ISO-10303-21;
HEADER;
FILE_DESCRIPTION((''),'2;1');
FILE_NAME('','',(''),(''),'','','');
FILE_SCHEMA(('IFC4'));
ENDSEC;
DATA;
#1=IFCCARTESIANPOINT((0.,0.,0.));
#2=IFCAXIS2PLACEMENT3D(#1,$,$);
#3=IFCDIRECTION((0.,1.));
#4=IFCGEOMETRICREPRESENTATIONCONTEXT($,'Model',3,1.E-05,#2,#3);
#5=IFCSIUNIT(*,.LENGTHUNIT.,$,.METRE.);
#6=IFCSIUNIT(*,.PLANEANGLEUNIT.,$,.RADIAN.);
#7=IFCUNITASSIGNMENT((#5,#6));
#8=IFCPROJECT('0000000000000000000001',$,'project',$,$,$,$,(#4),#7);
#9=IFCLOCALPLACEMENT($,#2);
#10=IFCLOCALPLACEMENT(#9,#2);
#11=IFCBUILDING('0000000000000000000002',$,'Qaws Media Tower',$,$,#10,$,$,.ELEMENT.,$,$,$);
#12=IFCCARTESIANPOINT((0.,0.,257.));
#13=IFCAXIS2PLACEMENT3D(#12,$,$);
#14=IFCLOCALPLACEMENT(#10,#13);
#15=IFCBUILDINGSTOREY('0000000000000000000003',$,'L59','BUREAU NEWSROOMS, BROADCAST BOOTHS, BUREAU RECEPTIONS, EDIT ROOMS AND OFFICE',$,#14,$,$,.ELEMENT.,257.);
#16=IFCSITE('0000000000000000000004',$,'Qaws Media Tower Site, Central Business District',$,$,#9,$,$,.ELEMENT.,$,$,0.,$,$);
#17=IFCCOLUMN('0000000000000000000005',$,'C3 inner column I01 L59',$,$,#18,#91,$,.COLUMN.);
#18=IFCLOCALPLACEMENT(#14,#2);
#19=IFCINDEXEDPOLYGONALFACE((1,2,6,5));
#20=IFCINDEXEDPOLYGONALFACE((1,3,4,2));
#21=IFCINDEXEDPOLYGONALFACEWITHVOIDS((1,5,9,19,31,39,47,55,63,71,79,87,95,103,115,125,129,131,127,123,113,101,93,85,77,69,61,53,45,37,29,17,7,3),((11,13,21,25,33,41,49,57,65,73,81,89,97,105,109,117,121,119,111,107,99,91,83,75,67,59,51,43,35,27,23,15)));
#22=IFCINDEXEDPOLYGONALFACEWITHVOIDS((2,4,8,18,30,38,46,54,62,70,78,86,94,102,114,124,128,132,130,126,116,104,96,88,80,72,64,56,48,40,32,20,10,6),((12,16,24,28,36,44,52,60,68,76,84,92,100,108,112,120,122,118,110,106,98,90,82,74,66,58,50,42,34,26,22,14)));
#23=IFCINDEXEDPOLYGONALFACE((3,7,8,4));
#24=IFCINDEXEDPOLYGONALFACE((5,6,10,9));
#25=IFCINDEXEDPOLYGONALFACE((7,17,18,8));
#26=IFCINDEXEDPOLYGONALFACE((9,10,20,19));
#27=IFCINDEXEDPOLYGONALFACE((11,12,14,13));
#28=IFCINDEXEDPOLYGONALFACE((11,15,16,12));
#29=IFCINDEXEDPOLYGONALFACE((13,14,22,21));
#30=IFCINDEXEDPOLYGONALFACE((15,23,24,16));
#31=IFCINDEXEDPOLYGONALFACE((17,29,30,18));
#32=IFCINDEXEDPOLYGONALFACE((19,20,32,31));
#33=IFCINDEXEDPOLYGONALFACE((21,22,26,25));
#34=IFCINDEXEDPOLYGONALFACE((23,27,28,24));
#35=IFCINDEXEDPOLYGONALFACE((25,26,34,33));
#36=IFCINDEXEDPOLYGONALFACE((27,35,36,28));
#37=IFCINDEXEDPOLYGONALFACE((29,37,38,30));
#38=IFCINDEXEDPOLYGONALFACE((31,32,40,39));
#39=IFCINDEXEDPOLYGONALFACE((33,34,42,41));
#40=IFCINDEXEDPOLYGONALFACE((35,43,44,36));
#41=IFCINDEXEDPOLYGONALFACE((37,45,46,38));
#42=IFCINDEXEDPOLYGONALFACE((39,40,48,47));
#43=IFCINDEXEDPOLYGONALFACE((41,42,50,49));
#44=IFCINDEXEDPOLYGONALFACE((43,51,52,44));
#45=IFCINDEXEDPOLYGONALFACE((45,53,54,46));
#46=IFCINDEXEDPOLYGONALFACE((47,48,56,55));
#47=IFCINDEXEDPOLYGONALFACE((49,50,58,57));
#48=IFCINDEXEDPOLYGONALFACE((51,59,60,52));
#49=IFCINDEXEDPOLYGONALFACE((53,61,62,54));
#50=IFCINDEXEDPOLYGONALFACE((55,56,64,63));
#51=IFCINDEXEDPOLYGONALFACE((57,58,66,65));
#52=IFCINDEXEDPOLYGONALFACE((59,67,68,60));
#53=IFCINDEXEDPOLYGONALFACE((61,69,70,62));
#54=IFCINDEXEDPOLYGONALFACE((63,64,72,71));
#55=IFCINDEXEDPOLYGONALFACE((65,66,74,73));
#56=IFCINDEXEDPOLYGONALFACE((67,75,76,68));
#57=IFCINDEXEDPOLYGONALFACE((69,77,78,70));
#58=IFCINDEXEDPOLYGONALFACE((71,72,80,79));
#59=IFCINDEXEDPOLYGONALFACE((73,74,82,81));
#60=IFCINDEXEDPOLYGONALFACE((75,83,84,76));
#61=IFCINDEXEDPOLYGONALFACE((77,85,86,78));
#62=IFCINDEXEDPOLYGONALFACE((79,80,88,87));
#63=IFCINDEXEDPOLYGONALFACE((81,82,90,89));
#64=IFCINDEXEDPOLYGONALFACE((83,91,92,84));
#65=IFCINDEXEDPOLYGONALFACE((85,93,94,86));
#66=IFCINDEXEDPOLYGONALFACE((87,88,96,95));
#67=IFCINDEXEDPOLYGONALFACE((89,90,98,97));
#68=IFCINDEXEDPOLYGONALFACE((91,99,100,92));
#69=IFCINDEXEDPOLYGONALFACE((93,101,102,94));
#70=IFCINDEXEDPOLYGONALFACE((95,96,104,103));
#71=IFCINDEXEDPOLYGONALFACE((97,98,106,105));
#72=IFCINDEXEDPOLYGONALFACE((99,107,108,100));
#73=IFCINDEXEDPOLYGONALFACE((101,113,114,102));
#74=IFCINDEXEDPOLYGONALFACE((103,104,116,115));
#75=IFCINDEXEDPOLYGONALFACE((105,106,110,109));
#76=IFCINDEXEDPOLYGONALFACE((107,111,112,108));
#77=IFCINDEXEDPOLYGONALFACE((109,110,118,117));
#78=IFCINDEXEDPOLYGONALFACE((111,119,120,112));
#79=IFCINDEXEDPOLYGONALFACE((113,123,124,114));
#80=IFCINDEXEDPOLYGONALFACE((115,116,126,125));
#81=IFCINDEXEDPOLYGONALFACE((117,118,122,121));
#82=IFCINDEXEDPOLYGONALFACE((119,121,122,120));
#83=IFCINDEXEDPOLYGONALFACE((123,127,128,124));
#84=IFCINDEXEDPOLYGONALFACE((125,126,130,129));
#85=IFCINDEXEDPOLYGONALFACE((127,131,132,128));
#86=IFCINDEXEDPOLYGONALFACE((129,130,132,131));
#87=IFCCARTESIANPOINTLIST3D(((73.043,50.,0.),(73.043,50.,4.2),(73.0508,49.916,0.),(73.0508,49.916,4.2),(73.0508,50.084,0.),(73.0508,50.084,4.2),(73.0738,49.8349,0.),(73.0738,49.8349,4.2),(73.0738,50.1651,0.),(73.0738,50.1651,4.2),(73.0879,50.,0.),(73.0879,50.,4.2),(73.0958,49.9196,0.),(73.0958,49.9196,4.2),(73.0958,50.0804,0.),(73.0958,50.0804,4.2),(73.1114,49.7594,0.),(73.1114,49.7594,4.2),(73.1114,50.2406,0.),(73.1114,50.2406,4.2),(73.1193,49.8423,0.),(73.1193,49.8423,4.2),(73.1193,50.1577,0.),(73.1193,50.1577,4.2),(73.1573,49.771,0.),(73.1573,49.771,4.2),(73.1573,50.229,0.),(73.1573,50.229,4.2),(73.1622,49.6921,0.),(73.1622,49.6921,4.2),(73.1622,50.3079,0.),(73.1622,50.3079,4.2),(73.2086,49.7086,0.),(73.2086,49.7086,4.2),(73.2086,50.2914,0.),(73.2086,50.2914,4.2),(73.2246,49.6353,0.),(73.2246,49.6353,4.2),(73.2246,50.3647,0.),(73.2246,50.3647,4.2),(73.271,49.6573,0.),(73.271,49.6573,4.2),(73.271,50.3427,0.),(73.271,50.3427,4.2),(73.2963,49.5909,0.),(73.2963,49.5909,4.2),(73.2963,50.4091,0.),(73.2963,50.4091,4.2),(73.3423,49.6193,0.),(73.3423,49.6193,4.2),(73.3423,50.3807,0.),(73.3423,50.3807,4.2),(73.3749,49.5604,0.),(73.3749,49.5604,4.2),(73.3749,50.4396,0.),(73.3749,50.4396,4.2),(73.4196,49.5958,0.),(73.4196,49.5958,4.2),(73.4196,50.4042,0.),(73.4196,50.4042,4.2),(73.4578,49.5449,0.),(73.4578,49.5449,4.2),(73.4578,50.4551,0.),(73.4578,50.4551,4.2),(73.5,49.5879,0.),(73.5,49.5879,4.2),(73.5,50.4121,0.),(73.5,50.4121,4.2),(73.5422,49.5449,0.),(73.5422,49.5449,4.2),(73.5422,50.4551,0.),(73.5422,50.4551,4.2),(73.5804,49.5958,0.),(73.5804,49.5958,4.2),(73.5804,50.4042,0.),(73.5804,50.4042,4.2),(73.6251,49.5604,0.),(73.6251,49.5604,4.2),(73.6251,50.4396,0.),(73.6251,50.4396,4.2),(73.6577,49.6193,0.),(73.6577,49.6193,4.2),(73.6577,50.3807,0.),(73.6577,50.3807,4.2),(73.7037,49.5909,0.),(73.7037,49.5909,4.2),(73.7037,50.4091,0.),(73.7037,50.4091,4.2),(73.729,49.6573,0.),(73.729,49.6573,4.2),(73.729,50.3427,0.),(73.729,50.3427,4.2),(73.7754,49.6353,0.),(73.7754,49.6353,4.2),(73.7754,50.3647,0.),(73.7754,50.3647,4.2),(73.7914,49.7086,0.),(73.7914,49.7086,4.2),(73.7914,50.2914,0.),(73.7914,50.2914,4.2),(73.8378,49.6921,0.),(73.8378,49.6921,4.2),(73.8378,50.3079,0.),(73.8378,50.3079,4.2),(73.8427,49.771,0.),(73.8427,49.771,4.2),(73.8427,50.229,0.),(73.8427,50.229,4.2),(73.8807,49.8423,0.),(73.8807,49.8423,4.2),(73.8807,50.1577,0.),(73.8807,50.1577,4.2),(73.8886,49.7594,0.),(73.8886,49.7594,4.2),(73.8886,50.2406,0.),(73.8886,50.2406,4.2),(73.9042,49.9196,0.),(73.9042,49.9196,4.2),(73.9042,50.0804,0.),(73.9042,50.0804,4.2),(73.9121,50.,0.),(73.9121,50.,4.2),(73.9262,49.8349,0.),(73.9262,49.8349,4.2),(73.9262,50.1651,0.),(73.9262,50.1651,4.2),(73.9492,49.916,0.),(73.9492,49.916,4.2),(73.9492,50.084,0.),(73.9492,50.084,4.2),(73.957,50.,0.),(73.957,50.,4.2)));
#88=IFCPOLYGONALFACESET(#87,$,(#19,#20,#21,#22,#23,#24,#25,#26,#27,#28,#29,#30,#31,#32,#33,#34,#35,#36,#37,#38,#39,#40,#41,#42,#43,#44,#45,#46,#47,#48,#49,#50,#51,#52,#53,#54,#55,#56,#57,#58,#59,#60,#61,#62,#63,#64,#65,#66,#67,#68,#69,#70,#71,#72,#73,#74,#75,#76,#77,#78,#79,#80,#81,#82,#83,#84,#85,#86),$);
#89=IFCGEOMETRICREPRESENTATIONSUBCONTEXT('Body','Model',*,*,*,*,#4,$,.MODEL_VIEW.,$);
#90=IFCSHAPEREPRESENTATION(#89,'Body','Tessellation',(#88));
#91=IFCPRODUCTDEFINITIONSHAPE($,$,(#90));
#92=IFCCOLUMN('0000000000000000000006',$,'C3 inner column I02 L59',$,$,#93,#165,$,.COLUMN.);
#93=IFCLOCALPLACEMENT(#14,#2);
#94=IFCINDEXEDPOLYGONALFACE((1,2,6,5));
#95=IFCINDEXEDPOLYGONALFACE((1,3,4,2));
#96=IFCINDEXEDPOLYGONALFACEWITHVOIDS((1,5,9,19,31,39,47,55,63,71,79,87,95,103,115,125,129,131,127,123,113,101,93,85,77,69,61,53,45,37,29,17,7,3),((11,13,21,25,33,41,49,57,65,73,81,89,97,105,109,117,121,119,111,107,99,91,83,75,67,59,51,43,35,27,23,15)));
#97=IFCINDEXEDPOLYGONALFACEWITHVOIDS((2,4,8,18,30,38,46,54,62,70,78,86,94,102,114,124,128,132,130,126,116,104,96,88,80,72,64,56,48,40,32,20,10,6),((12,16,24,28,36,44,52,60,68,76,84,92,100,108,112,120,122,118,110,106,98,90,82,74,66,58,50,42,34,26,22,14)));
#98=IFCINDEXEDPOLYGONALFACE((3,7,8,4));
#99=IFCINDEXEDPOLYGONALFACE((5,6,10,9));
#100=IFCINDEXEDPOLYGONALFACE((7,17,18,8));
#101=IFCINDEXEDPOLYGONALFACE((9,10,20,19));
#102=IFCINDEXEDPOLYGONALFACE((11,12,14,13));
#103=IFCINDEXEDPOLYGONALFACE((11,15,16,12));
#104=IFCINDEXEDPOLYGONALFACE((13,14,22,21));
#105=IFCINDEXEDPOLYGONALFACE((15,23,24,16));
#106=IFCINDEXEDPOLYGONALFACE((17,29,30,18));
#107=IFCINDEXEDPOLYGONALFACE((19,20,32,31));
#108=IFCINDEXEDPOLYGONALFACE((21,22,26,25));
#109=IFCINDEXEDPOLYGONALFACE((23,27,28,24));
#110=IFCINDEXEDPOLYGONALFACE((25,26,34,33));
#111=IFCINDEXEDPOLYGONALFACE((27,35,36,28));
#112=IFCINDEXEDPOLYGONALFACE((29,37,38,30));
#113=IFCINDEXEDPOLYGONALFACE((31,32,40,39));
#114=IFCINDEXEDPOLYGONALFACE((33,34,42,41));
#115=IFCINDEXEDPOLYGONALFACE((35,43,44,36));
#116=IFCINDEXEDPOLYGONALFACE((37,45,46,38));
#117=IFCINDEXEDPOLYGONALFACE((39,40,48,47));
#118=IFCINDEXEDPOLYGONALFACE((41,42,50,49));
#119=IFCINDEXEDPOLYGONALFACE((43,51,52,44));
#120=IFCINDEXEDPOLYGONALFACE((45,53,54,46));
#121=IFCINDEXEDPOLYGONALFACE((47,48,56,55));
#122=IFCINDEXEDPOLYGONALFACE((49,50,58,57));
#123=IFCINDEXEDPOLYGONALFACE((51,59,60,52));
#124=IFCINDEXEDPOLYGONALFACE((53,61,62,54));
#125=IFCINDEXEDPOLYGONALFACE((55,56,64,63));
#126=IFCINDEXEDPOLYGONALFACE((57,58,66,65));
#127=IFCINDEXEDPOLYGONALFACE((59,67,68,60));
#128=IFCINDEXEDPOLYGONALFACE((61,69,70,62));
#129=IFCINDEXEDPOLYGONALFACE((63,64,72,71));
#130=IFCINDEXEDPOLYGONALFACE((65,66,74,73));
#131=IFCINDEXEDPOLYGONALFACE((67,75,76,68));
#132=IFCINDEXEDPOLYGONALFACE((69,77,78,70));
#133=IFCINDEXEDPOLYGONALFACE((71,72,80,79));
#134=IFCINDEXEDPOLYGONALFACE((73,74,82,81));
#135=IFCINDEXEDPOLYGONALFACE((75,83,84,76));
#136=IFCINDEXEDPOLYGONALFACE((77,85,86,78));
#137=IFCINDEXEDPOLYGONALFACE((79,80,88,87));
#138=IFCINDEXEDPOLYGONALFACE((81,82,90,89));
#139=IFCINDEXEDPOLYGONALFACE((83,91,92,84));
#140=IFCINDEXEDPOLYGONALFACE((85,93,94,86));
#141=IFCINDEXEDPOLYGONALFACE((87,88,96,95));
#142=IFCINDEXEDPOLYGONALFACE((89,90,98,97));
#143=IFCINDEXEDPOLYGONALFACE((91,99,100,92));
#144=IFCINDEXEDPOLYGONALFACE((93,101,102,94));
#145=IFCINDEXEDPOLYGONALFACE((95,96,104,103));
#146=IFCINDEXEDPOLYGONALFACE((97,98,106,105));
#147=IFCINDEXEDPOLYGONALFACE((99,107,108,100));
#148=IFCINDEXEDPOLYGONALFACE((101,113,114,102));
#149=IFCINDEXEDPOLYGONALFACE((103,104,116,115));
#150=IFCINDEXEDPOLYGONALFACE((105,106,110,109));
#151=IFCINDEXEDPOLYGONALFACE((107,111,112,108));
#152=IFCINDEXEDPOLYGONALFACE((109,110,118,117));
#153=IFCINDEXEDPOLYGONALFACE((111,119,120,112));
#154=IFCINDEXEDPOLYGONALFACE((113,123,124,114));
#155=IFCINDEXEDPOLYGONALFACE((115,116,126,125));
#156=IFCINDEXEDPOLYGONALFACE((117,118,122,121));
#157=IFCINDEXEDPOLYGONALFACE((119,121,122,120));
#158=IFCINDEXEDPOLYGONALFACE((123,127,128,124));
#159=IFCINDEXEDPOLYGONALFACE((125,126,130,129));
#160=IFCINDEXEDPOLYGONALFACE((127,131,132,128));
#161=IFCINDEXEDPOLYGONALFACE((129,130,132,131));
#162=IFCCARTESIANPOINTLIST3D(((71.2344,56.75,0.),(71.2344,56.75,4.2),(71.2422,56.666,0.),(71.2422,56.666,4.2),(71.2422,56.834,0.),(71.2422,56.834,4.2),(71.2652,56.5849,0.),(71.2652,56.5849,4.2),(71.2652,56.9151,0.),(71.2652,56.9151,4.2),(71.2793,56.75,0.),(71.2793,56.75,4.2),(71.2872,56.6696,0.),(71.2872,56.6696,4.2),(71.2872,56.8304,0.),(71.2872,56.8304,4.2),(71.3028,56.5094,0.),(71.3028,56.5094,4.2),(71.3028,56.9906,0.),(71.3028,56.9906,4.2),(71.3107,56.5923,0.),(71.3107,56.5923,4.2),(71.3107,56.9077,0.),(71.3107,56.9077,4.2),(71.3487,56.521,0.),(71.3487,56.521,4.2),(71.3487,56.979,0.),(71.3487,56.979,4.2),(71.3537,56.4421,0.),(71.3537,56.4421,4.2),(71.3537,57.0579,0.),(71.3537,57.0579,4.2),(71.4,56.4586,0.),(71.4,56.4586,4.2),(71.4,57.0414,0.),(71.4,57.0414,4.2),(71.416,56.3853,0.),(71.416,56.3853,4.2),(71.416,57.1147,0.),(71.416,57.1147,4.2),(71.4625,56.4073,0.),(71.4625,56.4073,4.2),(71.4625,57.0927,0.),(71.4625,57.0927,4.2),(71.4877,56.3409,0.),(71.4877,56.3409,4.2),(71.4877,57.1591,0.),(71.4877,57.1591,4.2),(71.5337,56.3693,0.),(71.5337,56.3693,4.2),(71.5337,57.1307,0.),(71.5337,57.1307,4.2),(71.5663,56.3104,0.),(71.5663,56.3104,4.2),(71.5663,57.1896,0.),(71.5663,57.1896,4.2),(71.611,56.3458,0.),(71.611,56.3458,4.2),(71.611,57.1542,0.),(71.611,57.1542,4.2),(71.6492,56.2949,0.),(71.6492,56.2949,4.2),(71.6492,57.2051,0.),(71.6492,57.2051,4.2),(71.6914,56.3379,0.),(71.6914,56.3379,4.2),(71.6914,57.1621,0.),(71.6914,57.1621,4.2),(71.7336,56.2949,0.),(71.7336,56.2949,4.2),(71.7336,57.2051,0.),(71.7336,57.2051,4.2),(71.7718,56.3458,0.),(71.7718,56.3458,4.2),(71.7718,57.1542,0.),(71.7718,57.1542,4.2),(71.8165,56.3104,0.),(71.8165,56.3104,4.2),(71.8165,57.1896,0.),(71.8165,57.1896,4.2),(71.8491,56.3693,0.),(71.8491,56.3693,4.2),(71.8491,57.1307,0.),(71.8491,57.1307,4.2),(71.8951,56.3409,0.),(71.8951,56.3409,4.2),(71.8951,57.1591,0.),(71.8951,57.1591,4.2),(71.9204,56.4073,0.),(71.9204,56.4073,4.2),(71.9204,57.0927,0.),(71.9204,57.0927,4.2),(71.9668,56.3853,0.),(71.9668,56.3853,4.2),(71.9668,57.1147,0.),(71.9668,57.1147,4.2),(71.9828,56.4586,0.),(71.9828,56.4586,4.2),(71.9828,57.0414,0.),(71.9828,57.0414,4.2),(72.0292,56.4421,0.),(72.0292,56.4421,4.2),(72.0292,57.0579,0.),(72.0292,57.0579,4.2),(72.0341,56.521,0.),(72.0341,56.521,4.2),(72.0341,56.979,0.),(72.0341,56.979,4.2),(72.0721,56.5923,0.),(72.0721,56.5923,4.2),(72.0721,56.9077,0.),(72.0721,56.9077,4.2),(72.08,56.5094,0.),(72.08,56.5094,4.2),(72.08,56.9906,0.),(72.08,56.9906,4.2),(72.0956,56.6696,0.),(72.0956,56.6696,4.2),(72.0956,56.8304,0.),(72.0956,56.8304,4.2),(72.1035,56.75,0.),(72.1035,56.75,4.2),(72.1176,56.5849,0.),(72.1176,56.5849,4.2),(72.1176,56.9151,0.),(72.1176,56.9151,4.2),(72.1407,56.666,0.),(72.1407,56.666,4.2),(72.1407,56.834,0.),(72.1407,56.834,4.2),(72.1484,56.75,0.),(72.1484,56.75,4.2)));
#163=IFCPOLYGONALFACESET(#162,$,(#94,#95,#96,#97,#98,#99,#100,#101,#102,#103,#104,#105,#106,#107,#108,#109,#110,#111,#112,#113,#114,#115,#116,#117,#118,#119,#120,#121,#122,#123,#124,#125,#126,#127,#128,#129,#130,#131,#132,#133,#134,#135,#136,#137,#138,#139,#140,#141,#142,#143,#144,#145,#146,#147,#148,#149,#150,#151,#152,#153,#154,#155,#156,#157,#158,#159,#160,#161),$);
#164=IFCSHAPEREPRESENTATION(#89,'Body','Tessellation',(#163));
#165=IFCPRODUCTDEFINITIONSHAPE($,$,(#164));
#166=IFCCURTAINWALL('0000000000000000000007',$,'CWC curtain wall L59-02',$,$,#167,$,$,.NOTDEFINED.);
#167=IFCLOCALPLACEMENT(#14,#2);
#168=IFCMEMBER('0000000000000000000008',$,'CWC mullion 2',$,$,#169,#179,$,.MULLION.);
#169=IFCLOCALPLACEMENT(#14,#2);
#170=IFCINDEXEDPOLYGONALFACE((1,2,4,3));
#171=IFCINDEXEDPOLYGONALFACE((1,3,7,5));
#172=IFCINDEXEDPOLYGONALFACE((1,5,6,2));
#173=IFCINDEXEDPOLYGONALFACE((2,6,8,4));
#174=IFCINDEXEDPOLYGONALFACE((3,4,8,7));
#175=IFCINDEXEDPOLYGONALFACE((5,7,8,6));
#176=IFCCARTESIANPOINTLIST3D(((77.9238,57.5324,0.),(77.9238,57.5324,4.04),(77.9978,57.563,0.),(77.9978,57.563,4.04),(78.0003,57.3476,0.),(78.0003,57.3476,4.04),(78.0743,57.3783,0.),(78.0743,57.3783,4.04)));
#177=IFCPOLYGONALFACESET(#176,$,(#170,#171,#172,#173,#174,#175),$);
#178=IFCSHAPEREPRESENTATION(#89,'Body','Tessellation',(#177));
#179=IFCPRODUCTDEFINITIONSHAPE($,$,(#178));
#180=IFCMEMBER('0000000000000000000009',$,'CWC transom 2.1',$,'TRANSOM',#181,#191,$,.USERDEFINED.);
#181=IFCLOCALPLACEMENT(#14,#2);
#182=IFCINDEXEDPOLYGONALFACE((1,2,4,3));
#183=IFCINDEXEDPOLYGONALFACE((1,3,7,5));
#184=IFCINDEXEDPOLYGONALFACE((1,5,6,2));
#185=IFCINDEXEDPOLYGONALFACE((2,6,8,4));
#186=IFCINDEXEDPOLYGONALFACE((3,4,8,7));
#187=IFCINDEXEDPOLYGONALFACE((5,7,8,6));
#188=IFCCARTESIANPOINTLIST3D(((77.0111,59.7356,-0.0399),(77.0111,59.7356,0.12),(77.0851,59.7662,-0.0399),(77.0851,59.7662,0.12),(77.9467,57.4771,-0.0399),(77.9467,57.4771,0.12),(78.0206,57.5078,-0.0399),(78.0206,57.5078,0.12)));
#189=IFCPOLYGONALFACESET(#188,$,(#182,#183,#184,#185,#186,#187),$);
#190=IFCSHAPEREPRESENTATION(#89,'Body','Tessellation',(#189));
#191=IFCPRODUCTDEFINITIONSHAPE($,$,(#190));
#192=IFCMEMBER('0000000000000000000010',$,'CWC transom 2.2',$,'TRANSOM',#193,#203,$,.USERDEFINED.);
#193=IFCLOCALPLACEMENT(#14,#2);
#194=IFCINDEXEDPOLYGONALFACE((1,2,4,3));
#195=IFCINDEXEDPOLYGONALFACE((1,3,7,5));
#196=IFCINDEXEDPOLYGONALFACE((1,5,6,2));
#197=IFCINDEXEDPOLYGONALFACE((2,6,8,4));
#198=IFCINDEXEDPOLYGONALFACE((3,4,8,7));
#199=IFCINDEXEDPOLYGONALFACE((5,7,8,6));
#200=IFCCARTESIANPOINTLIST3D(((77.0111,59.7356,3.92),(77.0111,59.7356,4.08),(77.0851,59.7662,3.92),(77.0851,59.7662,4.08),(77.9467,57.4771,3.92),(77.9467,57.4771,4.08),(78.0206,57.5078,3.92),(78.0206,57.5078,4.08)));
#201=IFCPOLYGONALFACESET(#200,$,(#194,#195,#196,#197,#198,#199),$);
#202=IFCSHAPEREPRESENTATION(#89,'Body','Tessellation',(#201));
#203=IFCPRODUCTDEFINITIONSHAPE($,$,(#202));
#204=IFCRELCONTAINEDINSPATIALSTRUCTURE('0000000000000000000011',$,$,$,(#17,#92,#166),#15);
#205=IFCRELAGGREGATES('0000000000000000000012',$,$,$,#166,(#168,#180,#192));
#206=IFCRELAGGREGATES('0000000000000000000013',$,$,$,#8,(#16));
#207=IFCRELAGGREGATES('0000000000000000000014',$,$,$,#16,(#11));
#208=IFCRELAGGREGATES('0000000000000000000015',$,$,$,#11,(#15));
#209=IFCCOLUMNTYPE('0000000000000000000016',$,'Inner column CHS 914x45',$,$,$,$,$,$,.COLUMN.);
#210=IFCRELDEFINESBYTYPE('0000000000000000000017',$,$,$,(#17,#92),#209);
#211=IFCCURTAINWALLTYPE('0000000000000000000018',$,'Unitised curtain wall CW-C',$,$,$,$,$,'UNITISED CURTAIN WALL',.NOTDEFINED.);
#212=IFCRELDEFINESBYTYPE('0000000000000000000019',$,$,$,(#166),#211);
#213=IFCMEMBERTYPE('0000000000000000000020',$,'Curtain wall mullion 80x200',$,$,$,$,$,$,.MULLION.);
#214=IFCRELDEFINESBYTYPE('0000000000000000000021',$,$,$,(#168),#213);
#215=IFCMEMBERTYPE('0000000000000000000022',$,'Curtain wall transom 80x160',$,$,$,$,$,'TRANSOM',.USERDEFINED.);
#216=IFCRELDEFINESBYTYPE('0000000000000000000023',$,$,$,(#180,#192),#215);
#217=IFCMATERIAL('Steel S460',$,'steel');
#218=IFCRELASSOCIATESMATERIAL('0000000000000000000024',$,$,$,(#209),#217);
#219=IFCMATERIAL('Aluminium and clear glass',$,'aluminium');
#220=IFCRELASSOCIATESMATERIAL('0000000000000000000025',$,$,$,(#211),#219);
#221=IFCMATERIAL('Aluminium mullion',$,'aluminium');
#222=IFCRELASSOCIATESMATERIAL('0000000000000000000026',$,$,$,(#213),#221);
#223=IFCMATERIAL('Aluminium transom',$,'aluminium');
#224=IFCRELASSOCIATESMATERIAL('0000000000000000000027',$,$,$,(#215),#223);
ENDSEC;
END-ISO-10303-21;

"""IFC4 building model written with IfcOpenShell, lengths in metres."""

from ifc_helpers import new_model, si_unit, direction, frame, origin, origin_2d, place, context, subcontext, project, spatial, rectangle, hollow_circle, extrude, material, material_profile, profile_set, type_object, element, aggregate, save


model = new_model("IFC4")

# Units and contexts
model_context = context("Model", 3, precision=1e-05, world=origin(), true_north=direction((0.0, 1.0)))
body_context = subcontext(model_context, "Body", "Model", "MODEL_VIEW")
ifc_project = project(units=[si_unit("LENGTHUNIT", "METRE"), si_unit("PLANEANGLEUNIT", "RADIAN")], contexts=[model_context])

# Site, building, storey
site_placement = place(None, origin())
site = spatial("IfcSite", under=ifc_project, at=site_placement, Name="Qaws Media Tower Site, Central Business District", CompositionType="ELEMENT", RefElevation=0.0)
building_placement = place(site_placement, origin())
building = spatial("IfcBuilding", under=site, at=building_placement, Name="Qaws Media Tower", CompositionType="ELEMENT")
storey_placement = place(building_placement, frame((0.0, 0.0, 257.0)))
storey = spatial("IfcBuildingStorey", under=building, at=storey_placement, Name="L59", Description="BUREAU NEWSROOMS, BROADCAST BOOTHS, BUREAU RECEPTIONS, EDIT ROOMS AND OFFICE", CompositionType="ELEMENT", Elevation=257.0)

# Columns
ifc_material_1 = material(Name="Steel S460", Category="steel")
ifc_material_profile_1 = material_profile(ifc_material_1, hollow_circle(Radius=0.457, WallThickness=0.0449, at=origin_2d()), Name="CHS 914x45")
ifc_profile_set_1 = profile_set([ifc_material_profile_1], Name="Steel S460")
column_type = type_object("IfcColumnType", Name="Inner column CHS 914x45", PredefinedType="COLUMN", material=ifc_profile_set_1)
for number, where, z_axis, x_axis, name in (
    (1, (73.5, 50.0, 0.0), (0.0, 0.0, 1.0), (1.0, 0.0, 0.0), "C3 inner column I01 L59"),
    (2, (71.6914, 56.75, 0.0), (0.0, 0.0, 1.0), (1.0, 0.0, 0.0), "C3 inner column I02 L59"),
):
    element("IfcColumn", number, at=place(storey_placement, frame(where, z_axis=z_axis, x_axis=x_axis)), inside=storey, type_object=column_type, Name=name, PredefinedType="COLUMN", context=body_context, shape_type="SweptSolid", body=[
        extrude(hollow_circle(Radius=0.457, WallThickness=0.0449, at=origin_2d()), origin(), (0.0, 0.0, 1.0), 4.2),
    ])

# Curtain wall, members
ifc_material_2 = material(Name="Aluminium and clear glass", Category="aluminium")
curtain_wall_type = type_object("IfcCurtainWallType", Name="Unitised curtain wall CW-C", ElementType="UNITISED CURTAIN WALL", PredefinedType="NOTDEFINED", material=ifc_material_2)
curtain_wall_placement = place(storey_placement, origin())
curtain_wall = element("IfcCurtainWall", 3, at=curtain_wall_placement, inside=storey, type_object=curtain_wall_type, Name="CWC curtain wall L59-02", PredefinedType="NOTDEFINED")
ifc_material_3 = material(Name="Aluminium mullion", Category="aluminium")
ifc_material_profile_2 = material_profile(ifc_material_3, rectangle(XDim=0.0801, YDim=0.2, at=origin_2d()), Name="80x200")
ifc_profile_set_2 = profile_set([ifc_material_profile_2], Name="Aluminium mullion")
member_type_1 = type_object("IfcMemberType", Name="Curtain wall mullion 80x200", PredefinedType="MULLION", material=ifc_profile_set_2)
member_1_placement = place(storey_placement, frame((77.999, 57.4553, 0.0), z_axis=(0.0, 0.0, 1.0), x_axis=(-0.92388, -0.382683, 0.0)))
member_1 = element("IfcMember", 4, at=member_1_placement, type_object=member_type_1, Name="CWC mullion 2", PredefinedType="MULLION", context=body_context, shape_type="SweptSolid", body=[
    extrude(rectangle(XDim=0.0801, YDim=0.2, at=origin_2d()), origin(), (0.0, 0.0, 1.0), 4.04),
])
ifc_material_4 = material(Name="Aluminium transom", Category="aluminium")
ifc_material_profile_3 = material_profile(ifc_material_4, rectangle(XDim=0.0801, YDim=0.1599, at=origin_2d()), Name="80x160")
ifc_profile_set_3 = profile_set([ifc_material_profile_3], Name="Aluminium transom")
member_type_2 = type_object("IfcMemberType", Name="Curtain wall transom 80x160", ElementType="TRANSOM", PredefinedType="USERDEFINED", material=ifc_profile_set_3)
member_2_placement = place(storey_placement, frame((77.9836, 57.4924, 0.04), z_axis=(-0.382693, 0.923876, 0.0), x_axis=(-0.923876, -0.382693, 0.0)))
member_2 = element("IfcMember", 5, at=member_2_placement, type_object=member_type_2, Name="CWC transom 2.1", ObjectType="TRANSOM", PredefinedType="USERDEFINED", context=body_context, shape_type="SweptSolid", body=[
    extrude(rectangle(XDim=0.0801, YDim=0.1599, at=origin_2d()), origin(), (0.0, 0.0, 1.0), 2.4446),
])
member_3_placement = place(storey_placement, frame((77.9836, 57.4924, 4.0), z_axis=(-0.382693, 0.923876, 0.0), x_axis=(-0.923876, -0.382693, 0.0)))
member_3 = element("IfcMember", 6, at=member_3_placement, type_object=member_type_2, Name="CWC transom 2.2", ObjectType="TRANSOM", PredefinedType="USERDEFINED", context=body_context, shape_type="SweptSolid", body=[
    extrude(rectangle(XDim=0.0801, YDim=0.1599, at=origin_2d()), origin(), (0.0, 0.0, 1.0), 2.4446),
])

aggregate(curtain_wall, [member_1, member_2, member_3])

save(model, "model.ifc")
